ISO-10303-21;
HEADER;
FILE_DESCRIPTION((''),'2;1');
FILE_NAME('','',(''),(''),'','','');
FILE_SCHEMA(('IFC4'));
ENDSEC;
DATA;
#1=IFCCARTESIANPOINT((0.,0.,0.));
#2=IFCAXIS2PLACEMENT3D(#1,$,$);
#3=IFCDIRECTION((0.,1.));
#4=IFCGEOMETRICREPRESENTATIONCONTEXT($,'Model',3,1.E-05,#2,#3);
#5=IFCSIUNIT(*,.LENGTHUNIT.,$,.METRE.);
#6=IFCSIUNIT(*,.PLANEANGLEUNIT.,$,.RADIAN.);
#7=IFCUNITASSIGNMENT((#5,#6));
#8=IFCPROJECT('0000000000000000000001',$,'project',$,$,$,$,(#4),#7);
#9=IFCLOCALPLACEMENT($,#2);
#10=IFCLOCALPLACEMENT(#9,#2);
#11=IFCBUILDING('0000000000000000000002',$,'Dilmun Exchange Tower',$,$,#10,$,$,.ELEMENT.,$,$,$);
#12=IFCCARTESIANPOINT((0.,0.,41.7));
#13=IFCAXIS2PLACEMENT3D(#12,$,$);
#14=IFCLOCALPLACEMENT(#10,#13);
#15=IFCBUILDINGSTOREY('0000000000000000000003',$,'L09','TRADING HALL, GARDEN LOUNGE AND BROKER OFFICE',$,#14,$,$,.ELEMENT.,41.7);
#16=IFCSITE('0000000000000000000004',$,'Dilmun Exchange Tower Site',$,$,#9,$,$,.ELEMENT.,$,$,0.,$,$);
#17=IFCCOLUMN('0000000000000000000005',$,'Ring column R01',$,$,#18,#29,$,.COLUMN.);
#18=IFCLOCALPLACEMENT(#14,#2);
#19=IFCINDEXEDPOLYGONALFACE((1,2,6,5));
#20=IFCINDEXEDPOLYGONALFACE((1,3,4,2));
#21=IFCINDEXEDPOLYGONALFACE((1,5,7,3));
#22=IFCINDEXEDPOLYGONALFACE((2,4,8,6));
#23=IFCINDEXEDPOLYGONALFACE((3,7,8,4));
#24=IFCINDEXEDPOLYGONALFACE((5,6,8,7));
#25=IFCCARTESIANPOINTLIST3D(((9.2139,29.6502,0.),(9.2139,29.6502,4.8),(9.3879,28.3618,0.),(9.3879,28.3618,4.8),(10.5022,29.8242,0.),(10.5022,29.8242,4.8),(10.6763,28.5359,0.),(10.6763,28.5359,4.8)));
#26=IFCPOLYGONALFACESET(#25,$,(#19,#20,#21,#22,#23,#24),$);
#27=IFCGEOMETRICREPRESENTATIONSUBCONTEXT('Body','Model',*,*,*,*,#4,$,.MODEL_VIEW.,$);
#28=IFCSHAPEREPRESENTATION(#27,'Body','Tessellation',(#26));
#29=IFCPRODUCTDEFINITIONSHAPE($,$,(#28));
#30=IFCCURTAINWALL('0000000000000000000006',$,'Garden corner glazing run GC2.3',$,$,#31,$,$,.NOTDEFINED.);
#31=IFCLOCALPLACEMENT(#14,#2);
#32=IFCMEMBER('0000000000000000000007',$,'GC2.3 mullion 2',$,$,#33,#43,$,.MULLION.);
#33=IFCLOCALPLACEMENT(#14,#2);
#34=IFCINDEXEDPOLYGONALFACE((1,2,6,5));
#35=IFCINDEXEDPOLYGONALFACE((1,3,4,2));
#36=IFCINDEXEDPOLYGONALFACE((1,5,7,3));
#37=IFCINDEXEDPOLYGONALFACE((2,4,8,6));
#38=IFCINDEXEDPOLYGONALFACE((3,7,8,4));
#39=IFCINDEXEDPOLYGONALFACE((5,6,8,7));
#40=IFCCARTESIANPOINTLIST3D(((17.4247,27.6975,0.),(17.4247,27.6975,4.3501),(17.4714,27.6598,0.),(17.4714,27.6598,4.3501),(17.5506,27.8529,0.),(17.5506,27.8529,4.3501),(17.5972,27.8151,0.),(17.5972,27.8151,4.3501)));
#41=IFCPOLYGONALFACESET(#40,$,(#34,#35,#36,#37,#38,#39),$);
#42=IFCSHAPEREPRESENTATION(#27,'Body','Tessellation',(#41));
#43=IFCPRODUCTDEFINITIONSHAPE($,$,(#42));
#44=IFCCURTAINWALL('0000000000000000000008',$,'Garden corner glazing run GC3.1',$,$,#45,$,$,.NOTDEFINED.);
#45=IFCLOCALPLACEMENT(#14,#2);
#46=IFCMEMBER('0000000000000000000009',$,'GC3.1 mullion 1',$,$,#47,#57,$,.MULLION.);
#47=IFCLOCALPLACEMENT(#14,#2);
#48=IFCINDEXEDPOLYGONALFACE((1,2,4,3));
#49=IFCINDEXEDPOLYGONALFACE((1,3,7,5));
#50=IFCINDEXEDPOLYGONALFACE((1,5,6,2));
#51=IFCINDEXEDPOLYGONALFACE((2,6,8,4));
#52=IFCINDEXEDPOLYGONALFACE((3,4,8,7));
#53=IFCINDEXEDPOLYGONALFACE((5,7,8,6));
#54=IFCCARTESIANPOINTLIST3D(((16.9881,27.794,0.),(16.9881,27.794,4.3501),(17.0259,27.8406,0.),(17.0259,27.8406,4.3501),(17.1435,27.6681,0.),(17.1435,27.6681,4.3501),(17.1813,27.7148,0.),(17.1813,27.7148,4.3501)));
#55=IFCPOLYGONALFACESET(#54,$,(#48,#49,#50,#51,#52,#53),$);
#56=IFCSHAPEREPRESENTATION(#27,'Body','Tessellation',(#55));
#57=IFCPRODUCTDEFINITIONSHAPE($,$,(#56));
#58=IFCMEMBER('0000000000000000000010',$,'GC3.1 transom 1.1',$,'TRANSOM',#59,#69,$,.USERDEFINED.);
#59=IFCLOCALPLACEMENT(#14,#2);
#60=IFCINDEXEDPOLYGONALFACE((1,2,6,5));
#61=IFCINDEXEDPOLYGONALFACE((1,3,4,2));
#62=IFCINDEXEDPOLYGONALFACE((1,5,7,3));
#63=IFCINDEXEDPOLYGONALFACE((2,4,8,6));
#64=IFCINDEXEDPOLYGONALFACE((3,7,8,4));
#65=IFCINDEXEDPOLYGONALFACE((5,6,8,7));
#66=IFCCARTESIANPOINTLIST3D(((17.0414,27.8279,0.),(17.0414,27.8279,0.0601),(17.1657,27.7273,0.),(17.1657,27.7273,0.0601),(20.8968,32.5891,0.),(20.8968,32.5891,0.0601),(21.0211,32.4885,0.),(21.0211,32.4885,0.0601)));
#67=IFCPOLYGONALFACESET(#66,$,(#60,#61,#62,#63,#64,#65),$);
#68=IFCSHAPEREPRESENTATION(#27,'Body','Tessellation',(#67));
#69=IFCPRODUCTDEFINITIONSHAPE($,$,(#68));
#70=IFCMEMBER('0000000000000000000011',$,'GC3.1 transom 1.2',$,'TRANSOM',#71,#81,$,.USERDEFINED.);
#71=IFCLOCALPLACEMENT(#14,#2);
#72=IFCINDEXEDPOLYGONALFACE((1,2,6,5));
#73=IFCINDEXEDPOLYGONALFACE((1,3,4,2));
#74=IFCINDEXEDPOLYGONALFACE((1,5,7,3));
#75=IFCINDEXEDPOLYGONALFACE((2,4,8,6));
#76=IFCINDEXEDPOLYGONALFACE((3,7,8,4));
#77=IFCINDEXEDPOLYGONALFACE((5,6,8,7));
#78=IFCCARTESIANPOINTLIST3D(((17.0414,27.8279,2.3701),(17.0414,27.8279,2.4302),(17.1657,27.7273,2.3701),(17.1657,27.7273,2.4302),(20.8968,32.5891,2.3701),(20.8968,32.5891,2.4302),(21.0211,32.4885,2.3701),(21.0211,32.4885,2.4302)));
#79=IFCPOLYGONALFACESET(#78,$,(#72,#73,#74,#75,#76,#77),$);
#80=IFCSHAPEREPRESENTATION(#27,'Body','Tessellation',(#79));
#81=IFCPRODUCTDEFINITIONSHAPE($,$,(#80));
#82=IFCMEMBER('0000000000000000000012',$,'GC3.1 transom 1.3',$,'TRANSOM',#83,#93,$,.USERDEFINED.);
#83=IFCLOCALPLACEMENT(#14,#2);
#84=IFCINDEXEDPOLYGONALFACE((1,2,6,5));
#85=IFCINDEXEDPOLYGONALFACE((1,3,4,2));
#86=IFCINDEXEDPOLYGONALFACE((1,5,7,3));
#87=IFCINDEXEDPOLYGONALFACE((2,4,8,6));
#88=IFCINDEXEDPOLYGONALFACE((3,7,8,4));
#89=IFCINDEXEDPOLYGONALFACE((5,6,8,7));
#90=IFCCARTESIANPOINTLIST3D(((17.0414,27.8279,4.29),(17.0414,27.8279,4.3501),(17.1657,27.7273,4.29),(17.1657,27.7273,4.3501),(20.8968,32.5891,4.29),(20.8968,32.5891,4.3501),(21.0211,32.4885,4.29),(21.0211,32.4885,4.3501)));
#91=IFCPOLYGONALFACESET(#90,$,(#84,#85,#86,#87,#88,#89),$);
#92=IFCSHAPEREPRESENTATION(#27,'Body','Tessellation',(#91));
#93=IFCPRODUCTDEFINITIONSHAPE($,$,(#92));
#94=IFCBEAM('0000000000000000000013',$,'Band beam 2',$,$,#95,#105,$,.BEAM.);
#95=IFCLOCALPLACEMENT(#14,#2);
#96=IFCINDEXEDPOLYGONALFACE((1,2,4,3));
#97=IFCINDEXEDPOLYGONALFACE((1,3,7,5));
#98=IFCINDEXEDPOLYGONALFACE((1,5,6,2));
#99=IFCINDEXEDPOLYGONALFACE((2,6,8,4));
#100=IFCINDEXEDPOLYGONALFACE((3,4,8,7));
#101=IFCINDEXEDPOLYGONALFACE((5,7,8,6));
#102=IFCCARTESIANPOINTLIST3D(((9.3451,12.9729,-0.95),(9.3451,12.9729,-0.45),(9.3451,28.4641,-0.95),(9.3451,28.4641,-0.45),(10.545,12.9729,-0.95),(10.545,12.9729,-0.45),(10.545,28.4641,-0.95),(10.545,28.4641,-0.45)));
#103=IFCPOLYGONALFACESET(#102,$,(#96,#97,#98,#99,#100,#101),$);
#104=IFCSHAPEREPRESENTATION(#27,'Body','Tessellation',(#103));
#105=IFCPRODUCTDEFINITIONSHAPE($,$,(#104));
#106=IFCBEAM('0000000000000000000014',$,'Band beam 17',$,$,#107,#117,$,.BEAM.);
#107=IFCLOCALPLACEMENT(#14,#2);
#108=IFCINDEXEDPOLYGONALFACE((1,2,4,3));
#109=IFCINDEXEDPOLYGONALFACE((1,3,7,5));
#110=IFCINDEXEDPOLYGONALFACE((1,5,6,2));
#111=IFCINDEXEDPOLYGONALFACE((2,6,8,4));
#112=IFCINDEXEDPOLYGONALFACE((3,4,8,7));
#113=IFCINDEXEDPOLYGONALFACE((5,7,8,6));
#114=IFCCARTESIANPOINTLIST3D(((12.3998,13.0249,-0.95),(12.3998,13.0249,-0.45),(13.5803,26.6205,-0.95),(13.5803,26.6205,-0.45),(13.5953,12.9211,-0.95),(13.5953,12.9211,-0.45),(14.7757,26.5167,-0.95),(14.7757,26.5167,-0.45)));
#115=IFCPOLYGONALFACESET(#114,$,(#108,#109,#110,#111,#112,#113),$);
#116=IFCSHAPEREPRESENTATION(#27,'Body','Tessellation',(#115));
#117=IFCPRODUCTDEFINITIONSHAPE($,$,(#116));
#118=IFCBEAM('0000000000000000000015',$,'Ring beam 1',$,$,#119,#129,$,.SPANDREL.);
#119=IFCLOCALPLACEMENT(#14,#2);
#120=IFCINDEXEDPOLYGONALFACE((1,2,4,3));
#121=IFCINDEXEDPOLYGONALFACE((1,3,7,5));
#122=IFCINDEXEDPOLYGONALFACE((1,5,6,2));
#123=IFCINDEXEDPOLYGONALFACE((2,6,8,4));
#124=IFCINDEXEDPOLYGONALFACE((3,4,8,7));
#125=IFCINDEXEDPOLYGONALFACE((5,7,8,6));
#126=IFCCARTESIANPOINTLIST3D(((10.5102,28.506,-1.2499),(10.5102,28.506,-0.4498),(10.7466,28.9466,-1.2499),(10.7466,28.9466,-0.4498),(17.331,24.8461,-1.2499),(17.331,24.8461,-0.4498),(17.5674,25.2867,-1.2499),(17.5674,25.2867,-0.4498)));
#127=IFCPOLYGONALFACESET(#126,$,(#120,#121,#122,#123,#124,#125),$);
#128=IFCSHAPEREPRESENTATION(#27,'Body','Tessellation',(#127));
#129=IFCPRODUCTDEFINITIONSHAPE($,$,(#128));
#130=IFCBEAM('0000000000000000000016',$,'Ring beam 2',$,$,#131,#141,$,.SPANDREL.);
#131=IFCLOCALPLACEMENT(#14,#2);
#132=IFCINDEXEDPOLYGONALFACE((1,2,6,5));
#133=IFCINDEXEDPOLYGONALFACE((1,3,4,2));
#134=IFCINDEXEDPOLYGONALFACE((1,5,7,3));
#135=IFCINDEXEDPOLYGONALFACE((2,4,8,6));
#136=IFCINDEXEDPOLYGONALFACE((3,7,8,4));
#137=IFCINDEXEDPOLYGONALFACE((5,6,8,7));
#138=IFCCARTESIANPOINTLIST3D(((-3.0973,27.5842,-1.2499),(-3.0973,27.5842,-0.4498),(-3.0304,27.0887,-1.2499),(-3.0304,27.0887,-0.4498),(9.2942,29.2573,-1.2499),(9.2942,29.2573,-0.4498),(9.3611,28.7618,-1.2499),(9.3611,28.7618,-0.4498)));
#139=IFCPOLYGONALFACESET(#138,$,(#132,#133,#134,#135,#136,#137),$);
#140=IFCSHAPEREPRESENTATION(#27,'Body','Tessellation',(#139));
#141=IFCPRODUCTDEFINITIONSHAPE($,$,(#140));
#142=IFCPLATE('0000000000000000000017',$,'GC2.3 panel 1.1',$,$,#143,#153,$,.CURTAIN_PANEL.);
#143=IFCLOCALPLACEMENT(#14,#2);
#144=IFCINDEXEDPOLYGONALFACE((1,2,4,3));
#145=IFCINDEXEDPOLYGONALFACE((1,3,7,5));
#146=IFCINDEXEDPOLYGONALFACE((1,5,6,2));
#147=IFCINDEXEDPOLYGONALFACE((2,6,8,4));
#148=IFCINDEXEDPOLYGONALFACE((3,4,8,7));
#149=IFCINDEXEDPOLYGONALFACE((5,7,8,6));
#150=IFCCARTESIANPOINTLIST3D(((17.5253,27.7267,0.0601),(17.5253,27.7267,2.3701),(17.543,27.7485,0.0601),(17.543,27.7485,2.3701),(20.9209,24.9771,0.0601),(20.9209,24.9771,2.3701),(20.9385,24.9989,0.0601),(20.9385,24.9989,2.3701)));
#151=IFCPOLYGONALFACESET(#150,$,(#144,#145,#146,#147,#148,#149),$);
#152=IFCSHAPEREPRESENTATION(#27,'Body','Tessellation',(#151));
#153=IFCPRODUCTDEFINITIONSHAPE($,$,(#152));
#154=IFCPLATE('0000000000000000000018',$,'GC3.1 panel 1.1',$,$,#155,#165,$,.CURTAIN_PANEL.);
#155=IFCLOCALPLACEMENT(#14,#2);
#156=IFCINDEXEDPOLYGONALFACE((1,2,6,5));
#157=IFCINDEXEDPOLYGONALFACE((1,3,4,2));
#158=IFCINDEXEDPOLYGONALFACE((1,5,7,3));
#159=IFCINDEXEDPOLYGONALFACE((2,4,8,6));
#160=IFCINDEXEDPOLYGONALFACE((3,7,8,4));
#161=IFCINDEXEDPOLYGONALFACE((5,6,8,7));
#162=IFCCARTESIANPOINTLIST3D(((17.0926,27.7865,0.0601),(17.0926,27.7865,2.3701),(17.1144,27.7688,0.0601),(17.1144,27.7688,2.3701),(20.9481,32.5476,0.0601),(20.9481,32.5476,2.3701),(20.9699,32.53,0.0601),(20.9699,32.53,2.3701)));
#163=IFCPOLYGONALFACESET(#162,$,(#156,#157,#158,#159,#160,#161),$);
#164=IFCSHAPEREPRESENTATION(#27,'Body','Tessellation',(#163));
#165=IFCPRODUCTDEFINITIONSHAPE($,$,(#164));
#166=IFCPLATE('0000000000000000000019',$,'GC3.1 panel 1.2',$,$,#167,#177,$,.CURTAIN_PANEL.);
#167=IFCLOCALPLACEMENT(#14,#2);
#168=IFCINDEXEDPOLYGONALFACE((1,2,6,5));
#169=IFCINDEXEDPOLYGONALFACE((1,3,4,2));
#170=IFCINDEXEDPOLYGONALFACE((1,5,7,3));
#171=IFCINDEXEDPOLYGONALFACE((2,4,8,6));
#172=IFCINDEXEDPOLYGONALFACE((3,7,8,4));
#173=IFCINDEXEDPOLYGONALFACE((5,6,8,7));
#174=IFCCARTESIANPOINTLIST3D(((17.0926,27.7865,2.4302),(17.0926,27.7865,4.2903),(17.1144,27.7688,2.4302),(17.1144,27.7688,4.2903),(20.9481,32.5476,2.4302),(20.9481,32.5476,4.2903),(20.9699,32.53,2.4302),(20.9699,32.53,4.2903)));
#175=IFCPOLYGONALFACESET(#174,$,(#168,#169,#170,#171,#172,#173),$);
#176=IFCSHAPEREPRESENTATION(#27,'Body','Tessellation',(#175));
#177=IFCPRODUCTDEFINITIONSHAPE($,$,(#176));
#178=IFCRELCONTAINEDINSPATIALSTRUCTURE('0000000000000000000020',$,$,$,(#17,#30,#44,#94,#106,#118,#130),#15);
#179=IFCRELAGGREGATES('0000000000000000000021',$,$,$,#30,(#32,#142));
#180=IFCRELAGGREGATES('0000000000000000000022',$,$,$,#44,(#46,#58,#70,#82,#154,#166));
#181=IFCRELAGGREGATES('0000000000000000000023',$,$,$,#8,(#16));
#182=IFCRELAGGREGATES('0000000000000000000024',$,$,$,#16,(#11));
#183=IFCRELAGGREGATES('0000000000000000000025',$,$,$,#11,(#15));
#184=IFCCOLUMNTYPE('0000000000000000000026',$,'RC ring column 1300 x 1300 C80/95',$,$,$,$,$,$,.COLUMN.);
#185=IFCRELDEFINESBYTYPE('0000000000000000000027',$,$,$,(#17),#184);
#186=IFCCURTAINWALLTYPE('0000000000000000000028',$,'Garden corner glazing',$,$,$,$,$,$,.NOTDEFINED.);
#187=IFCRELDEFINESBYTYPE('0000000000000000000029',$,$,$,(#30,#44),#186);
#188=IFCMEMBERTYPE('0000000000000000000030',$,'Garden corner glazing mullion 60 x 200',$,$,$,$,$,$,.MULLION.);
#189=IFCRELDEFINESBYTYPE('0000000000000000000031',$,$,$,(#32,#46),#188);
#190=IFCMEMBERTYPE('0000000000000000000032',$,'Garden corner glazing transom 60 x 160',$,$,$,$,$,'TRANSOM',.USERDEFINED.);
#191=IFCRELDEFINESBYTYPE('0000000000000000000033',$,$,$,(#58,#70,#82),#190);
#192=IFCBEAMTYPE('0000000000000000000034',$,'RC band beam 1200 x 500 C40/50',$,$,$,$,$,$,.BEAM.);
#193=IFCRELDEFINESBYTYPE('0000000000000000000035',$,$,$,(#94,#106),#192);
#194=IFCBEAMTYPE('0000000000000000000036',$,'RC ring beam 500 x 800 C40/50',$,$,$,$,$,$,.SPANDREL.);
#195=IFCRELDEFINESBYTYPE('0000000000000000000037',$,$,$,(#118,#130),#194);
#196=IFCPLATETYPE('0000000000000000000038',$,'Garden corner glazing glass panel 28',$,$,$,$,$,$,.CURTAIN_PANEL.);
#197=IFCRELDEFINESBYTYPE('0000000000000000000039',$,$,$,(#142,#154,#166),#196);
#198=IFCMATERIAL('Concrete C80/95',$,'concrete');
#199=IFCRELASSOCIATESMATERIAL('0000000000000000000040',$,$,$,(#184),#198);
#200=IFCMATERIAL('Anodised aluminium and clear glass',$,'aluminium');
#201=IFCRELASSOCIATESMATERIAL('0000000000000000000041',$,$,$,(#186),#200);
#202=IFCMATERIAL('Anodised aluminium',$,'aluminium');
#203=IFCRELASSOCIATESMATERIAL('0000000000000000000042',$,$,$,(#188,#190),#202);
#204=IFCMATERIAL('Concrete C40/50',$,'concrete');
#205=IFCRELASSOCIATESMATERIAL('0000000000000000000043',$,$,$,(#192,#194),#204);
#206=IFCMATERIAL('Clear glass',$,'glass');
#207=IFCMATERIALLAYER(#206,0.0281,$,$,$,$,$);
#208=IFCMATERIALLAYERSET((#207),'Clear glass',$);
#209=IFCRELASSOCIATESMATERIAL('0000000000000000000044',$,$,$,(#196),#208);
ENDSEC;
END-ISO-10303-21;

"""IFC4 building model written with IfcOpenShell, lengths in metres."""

from ifc_helpers import new_model, si_unit, direction, frame, origin, origin_2d, place, context, subcontext, project, spatial, rectangle, extrude, material, layer, layer_set, material_profile, profile_set, type_object, element, aggregate, save


model = new_model("IFC4")

# Units and contexts
model_context = context("Model", 3, precision=1e-05, world=origin(), true_north=direction((0.0, 1.0)))
body_context = subcontext(model_context, "Body", "Model", "MODEL_VIEW")
ifc_project = project(units=[si_unit("LENGTHUNIT", "METRE"), si_unit("PLANEANGLEUNIT", "RADIAN")], contexts=[model_context])

# Site, building, storey
site_placement = place(None, origin())
site = spatial("IfcSite", under=ifc_project, at=site_placement, Name="Dilmun Exchange Tower Site", CompositionType="ELEMENT", RefElevation=0.0)
building_placement = place(site_placement, origin())
building = spatial("IfcBuilding", under=site, at=building_placement, Name="Dilmun Exchange Tower", CompositionType="ELEMENT")
storey_placement = place(building_placement, frame((0.0, 0.0, 41.7)))
storey = spatial("IfcBuildingStorey", under=building, at=storey_placement, Name="L09", Description="TRADING HALL, GARDEN LOUNGE AND BROKER OFFICE", CompositionType="ELEMENT", Elevation=41.7)

# Column
ifc_material_1 = material(Name="Concrete C80/95", Category="concrete")
ifc_material_profile_1 = material_profile(ifc_material_1, rectangle(XDim=1.3, YDim=1.3, at=origin_2d()), Name="1300 x 1300")
ifc_profile_set_1 = profile_set([ifc_material_profile_1], Name="Concrete C80/95")
column_type = type_object("IfcColumnType", Name="RC ring column 1300 x 1300 C80/95", PredefinedType="COLUMN", material=ifc_profile_set_1)
column_placement = place(storey_placement, frame((9.9451, 29.093, 0.0), z_axis=(0.0, 0.0, 1.0), x_axis=(0.991001, 0.133853, 0.0)))
element("IfcColumn", 1, at=column_placement, inside=storey, type_object=column_type, Name="Ring column R01", PredefinedType="COLUMN", context=body_context, shape_type="SweptSolid", body=[
    extrude(rectangle(XDim=1.3, YDim=1.3, at=origin_2d()), origin(), (0.0, 0.0, 1.0), 4.8),
])

# Curtain wall, member
ifc_material_2 = material(Name="Anodised aluminium and clear glass", Category="aluminium")
curtain_wall_type = type_object("IfcCurtainWallType", Name="Garden corner glazing", PredefinedType="NOTDEFINED", material=ifc_material_2)
curtain_wall_1_placement = place(storey_placement, origin())
curtain_wall_1 = element("IfcCurtainWall", 2, at=curtain_wall_1_placement, inside=storey, type_object=curtain_wall_type, Name="Garden corner glazing run GC2.3", PredefinedType="NOTDEFINED")
ifc_material_3 = material(Name="Anodised aluminium", Category="aluminium")
ifc_material_profile_2 = material_profile(ifc_material_3, rectangle(XDim=0.2, YDim=0.0601, at=origin_2d()), Name="AL 60x200")
ifc_profile_set_2 = profile_set([ifc_material_profile_2], Name="Anodised aluminium")
member_type_1 = type_object("IfcMemberType", Name="Garden corner glazing mullion 60 x 200", PredefinedType="MULLION", material=ifc_profile_set_2)
member_1_placement = place(storey_placement, frame((17.511, 27.7563, 0.0), z_axis=(0.0, 0.0, 1.0), x_axis=(-0.629308, -0.777156, 0.0)))
member_1 = element("IfcMember", 3, at=member_1_placement, type_object=member_type_1, Name="GC2.3 mullion 2", PredefinedType="MULLION", context=body_context, shape_type="SweptSolid", body=[
    extrude(rectangle(XDim=0.2, YDim=0.0601, at=origin_2d()), origin(), (0.0, 0.0, 1.0), 4.3501),
])

# Curtain wall, members
curtain_wall_2_placement = place(storey_placement, origin())
curtain_wall_2 = element("IfcCurtainWall", 4, at=curtain_wall_2_placement, inside=storey, type_object=curtain_wall_type, Name="Garden corner glazing run GC3.1", PredefinedType="NOTDEFINED")
member_2_placement = place(storey_placement, frame((17.0847, 27.7544, 0.0), z_axis=(0.0, 0.0, 1.0), x_axis=(-0.777147, 0.629319, 0.0)))
member_2 = element("IfcMember", 5, at=member_2_placement, type_object=member_type_1, Name="GC3.1 mullion 1", PredefinedType="MULLION", context=body_context, shape_type="SweptSolid", body=[
    extrude(rectangle(XDim=0.2, YDim=0.0601, at=origin_2d()), origin(), (0.0, 0.0, 1.0), 4.3501),
])
ifc_material_profile_3 = material_profile(ifc_material_3, rectangle(XDim=0.1599, YDim=0.0601, at=origin_2d()), Name="AL 60x160")
ifc_profile_set_3 = profile_set([ifc_material_profile_3], Name="Anodised aluminium")
member_type_2 = type_object("IfcMemberType", Name="Garden corner glazing transom 60 x 160", ElementType="TRANSOM", PredefinedType="USERDEFINED", material=ifc_profile_set_3)
member_3_placement = place(storey_placement, frame((17.1035, 27.7776, 0.03), z_axis=(0.629311, 0.777154, 0.0), x_axis=(-0.777154, 0.629311, 0.0)))
member_3 = element("IfcMember", 6, at=member_3_placement, type_object=member_type_2, Name="GC3.1 transom 1.1", ObjectType="TRANSOM", PredefinedType="USERDEFINED", context=body_context, shape_type="SweptSolid", body=[
    extrude(rectangle(XDim=0.1599, YDim=0.0601, at=origin_2d()), origin(), (0.0, 0.0, 1.0), 6.1265),
])
member_4_placement = place(storey_placement, frame((17.1035, 27.7776, 2.4001), z_axis=(0.629311, 0.777154, 0.0), x_axis=(-0.777154, 0.629311, 0.0)))
member_4 = element("IfcMember", 7, at=member_4_placement, type_object=member_type_2, Name="GC3.1 transom 1.2", ObjectType="TRANSOM", PredefinedType="USERDEFINED", context=body_context, shape_type="SweptSolid", body=[
    extrude(rectangle(XDim=0.1599, YDim=0.0601, at=origin_2d()), origin(), (0.0, 0.0, 1.0), 6.1265),
])
member_5_placement = place(storey_placement, frame((17.1035, 27.7776, 4.3201), z_axis=(0.629311, 0.777154, 0.0), x_axis=(-0.777154, 0.629311, 0.0)))
member_5 = element("IfcMember", 8, at=member_5_placement, type_object=member_type_2, Name="GC3.1 transom 1.3", ObjectType="TRANSOM", PredefinedType="USERDEFINED", context=body_context, shape_type="SweptSolid", body=[
    extrude(rectangle(XDim=0.1599, YDim=0.0601, at=origin_2d()), origin(), (0.0, 0.0, 1.0), 6.1265),
])

# Beams
ifc_material_4 = material(Name="Concrete C40/50", Category="concrete")
ifc_material_profile_4 = material_profile(ifc_material_4, rectangle(XDim=1.2, YDim=0.5, at=origin_2d()), Name="1200 x 500")
ifc_profile_set_4 = profile_set([ifc_material_profile_4], Name="Concrete C40/50")
beam_type_1 = type_object("IfcBeamType", Name="RC band beam 1200 x 500 C40/50", PredefinedType="BEAM", material=ifc_profile_set_4)
beam_1_placement = place(storey_placement, frame((9.9451, 28.4641, -0.7), z_axis=(0.0, -1.0, 0.0), x_axis=(1.0, 0.0, 0.0)))
element("IfcBeam", 9, at=beam_1_placement, inside=storey, type_object=beam_type_1, Name="Band beam 2", PredefinedType="BEAM", context=body_context, shape_type="SweptSolid", body=[
    extrude(rectangle(XDim=1.2, YDim=0.5, at=origin_2d()), origin(), (0.0, 0.0, 1.0), 15.4912),
])
beam_2_placement = place(storey_placement, frame((14.178, 26.5686, -0.7), z_axis=(-0.086499, -0.996252, 0.0), x_axis=(0.996252, -0.086499, 0.0)))
element("IfcBeam", 10, at=beam_2_placement, inside=storey, type_object=beam_type_1, Name="Band beam 17", PredefinedType="BEAM", context=body_context, shape_type="SweptSolid", body=[
    extrude(rectangle(XDim=1.2, YDim=0.5, at=origin_2d()), origin(), (0.0, 0.0, 1.0), 13.6467),
])
ifc_material_profile_5 = material_profile(ifc_material_4, rectangle(XDim=0.5, YDim=0.8, at=origin_2d()), Name="500 x 800")
ifc_profile_set_5 = profile_set([ifc_material_profile_5], Name="Concrete C40/50")
beam_type_2 = type_object("IfcBeamType", Name="RC ring beam 500 x 800 C40/50", PredefinedType="SPANDREL", material=ifc_profile_set_5)
beam_3_placement = place(storey_placement, frame((17.4492, 25.0664, -0.8499), z_axis=(-0.881162, 0.472815, 0.0), x_axis=(-0.472815, -0.881162, 0.0)))
element("IfcBeam", 11, at=beam_3_placement, inside=storey, type_object=beam_type_2, Name="Ring beam 1", PredefinedType="SPANDREL", context=body_context, shape_type="SweptSolid", body=[
    extrude(rectangle(XDim=0.5, YDim=0.8, at=origin_2d()), origin(), (0.0, 0.0, 1.0), 7.7407),
])
beam_4_placement = place(storey_placement, frame((9.3276, 29.0095, -0.8499), z_axis=(-0.991007, -0.133807, 0.0), x_axis=(0.133807, -0.991007, 0.0)))
element("IfcBeam", 12, at=beam_4_placement, inside=storey, type_object=beam_type_2, Name="Ring beam 2", PredefinedType="SPANDREL", context=body_context, shape_type="SweptSolid", body=[
    extrude(rectangle(XDim=0.5, YDim=0.8, at=origin_2d()), origin(), (0.0, 0.0, 1.0), 12.5039),
])

# Plates
ifc_material_5 = material(Name="Clear glass", Category="glass")
ifc_layer = layer(ifc_material_5, 0.0281)
ifc_layer_set = layer_set([ifc_layer], Name="Clear glass")
plate_type = type_object("IfcPlateType", Name="Garden corner glazing glass panel 28", PredefinedType="CURTAIN_PANEL", material=ifc_layer_set)
plate_1_placement = place(storey_placement, frame((19.2319, 26.3628, 0.0601), z_axis=(0.0, 0.0, 1.0), x_axis=(-0.777156, 0.629308, 0.0)))
plate_1 = element("IfcPlate", 13, at=plate_1_placement, type_object=plate_type, Name="GC2.3 panel 1.1", PredefinedType="CURTAIN_PANEL", context=body_context, shape_type="SweptSolid", body=[
    extrude(rectangle(XDim=4.3691, YDim=0.0281, at=origin_2d()), origin(), (0.0, 0.0, 1.0), 2.3101),
])
aggregate(curtain_wall_1, [member_1, plate_1])
plate_2_placement = place(storey_placement, frame((19.0312, 30.1582, 0.0601), z_axis=(0.0, 0.0, 1.0), x_axis=(0.629319, 0.777147, 0.0)))
plate_2 = element("IfcPlate", 14, at=plate_2_placement, type_object=plate_type, Name="GC3.1 panel 1.1", PredefinedType="CURTAIN_PANEL", context=body_context, shape_type="SweptSolid", body=[
    extrude(rectangle(XDim=6.1265, YDim=0.0281, at=origin_2d()), origin(), (0.0, 0.0, 1.0), 2.3101),
])
plate_3_placement = place(storey_placement, frame((19.0312, 30.1582, 2.4302), z_axis=(0.0, 0.0, 1.0), x_axis=(0.629319, 0.777147, 0.0)))
plate_3 = element("IfcPlate", 15, at=plate_3_placement, type_object=plate_type, Name="GC3.1 panel 1.2", PredefinedType="CURTAIN_PANEL", context=body_context, shape_type="SweptSolid", body=[
    extrude(rectangle(XDim=6.1265, YDim=0.0281, at=origin_2d()), origin(), (0.0, 0.0, 1.0), 1.8601),
])
aggregate(curtain_wall_2, [member_2, member_3, member_4, member_5, plate_2, plate_3])

save(model, "model.ifc")
